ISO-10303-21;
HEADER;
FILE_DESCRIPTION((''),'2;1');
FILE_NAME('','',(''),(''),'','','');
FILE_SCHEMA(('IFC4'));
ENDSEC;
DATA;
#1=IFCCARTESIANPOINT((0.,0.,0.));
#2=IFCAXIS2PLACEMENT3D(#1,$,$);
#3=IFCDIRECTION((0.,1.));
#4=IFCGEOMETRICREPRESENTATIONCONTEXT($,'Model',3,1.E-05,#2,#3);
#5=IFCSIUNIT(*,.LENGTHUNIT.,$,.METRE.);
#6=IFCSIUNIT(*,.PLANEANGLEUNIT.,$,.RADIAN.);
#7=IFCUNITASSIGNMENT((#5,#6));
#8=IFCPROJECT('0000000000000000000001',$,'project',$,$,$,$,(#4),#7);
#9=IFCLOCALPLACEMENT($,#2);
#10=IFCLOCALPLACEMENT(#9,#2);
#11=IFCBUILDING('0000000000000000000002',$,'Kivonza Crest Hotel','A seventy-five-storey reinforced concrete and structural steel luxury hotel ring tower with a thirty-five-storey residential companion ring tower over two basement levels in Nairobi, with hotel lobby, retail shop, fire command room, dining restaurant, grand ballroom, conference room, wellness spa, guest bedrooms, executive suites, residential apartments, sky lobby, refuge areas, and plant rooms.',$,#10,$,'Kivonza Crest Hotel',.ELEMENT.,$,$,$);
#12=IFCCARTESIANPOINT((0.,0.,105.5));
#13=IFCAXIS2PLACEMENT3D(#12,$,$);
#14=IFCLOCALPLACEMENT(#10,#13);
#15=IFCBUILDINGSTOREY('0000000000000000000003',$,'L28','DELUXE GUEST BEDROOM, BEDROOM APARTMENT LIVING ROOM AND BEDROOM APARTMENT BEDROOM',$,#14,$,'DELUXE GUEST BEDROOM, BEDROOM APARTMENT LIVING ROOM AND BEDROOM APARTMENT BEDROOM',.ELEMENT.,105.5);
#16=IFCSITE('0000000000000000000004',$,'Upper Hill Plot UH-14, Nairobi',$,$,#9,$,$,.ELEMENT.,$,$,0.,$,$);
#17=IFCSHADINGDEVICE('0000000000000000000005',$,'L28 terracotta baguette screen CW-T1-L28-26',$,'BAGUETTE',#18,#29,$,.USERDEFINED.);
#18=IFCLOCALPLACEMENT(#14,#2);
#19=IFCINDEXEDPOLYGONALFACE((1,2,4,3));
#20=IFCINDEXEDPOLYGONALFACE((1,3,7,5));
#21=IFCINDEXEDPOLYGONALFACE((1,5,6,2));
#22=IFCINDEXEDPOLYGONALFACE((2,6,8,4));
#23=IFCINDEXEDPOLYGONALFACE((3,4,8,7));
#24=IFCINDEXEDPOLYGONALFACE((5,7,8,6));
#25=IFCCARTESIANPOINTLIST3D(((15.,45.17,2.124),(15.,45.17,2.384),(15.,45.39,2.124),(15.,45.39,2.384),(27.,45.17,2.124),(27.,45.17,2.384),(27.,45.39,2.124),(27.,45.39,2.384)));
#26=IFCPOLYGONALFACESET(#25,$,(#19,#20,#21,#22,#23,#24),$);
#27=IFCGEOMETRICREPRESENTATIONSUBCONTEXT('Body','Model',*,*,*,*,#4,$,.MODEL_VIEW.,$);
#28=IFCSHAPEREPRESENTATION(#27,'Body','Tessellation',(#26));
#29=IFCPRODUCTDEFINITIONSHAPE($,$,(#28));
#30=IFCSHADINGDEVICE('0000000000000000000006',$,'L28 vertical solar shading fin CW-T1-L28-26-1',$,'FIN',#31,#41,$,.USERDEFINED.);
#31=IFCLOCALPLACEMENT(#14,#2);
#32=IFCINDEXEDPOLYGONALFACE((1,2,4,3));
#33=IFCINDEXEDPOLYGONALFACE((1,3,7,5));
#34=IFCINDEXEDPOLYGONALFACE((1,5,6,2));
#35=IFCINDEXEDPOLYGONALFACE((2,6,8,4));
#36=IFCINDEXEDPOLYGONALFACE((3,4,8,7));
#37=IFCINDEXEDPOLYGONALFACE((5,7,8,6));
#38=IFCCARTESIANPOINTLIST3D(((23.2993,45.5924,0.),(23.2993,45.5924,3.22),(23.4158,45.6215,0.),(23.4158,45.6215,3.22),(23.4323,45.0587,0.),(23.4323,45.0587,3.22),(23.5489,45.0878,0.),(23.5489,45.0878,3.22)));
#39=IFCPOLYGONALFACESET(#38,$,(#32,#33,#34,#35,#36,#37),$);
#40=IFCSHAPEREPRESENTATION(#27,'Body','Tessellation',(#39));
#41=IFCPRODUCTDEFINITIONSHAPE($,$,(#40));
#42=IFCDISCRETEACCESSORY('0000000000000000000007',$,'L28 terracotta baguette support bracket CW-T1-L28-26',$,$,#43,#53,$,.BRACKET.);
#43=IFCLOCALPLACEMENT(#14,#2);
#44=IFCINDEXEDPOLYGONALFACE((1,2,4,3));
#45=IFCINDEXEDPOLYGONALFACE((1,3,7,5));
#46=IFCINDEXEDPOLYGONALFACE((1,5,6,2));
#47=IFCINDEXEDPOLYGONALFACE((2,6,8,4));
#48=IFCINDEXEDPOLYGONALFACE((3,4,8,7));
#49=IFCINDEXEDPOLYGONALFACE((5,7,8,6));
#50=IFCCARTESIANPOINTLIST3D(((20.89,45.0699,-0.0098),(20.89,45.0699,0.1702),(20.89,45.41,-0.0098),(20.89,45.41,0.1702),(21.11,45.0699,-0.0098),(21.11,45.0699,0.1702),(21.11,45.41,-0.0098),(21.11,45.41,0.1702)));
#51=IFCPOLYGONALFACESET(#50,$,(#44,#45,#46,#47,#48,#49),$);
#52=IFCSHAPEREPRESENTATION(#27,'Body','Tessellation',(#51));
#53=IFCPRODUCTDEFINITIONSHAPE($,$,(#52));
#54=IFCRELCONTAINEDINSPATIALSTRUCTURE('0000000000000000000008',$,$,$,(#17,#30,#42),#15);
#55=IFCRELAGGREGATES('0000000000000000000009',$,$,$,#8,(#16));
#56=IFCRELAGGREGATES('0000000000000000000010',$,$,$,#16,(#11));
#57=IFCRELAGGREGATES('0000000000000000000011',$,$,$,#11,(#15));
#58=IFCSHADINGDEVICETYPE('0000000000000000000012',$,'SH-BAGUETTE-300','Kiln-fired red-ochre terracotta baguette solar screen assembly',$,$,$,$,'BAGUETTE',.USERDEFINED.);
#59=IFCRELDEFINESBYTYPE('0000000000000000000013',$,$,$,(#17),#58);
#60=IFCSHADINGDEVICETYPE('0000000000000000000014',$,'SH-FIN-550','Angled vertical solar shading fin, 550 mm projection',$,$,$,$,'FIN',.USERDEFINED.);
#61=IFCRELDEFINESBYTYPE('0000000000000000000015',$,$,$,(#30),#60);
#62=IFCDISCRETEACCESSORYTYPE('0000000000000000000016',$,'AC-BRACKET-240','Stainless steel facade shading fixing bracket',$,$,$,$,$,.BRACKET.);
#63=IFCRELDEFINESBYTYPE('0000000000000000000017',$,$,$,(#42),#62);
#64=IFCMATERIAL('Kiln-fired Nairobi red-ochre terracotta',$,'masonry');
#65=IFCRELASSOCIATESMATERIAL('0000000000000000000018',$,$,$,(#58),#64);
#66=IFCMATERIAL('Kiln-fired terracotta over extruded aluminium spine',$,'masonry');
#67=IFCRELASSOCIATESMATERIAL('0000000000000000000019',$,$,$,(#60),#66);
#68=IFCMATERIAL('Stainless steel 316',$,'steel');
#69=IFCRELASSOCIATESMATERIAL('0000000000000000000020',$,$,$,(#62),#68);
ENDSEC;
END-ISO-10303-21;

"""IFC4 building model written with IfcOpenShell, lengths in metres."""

from ifc_helpers import new_model, si_unit, direction, frame, origin, origin_2d, place, context, subcontext, project, spatial, rectangle, extrude, material, type_object, element, save


model = new_model("IFC4")

# Units and contexts
model_context = context("Model", 3, precision=1e-05, world=origin(), true_north=direction((0.0, 1.0)))
body_context = subcontext(model_context, "Body", "Model", "MODEL_VIEW")
ifc_project = project(units=[si_unit("LENGTHUNIT", "METRE"), si_unit("PLANEANGLEUNIT", "RADIAN")], contexts=[model_context])

# Site, building, storey
site_placement = place(None, origin())
site = spatial("IfcSite", under=ifc_project, at=site_placement, Name="Upper Hill Plot UH-14, Nairobi", CompositionType="ELEMENT", RefElevation=0.0)
building_placement = place(site_placement, origin())
building = spatial("IfcBuilding", under=site, at=building_placement, Name="Kivonza Crest Hotel", Description="A seventy-five-storey reinforced concrete and structural steel luxury hotel ring tower with a thirty-five-storey residential companion ring tower over two basement levels in Nairobi, with hotel lobby, retail shop, fire command room, dining restaurant, grand ballroom, conference room, wellness spa, guest bedrooms, executive suites, residential apartments, sky lobby, refuge areas, and plant rooms.", LongName="Kivonza Crest Hotel", CompositionType="ELEMENT")
storey_placement = place(building_placement, frame((0.0, 0.0, 105.5)))
storey = spatial("IfcBuildingStorey", under=building, at=storey_placement, Name="L28", Description="DELUXE GUEST BEDROOM, BEDROOM APARTMENT LIVING ROOM AND BEDROOM APARTMENT BEDROOM", LongName="DELUXE GUEST BEDROOM, BEDROOM APARTMENT LIVING ROOM AND BEDROOM APARTMENT BEDROOM", CompositionType="ELEMENT", Elevation=105.5)

# Shading devices
ifc_material_1 = material(Name="Kiln-fired Nairobi red-ochre terracotta", Category="masonry")
shading_device_type_1 = type_object("IfcShadingDeviceType", Name="SH-BAGUETTE-300", Description="Kiln-fired red-ochre terracotta baguette solar screen assembly", ElementType="BAGUETTE", PredefinedType="USERDEFINED", material=ifc_material_1)
shading_device_1_placement = place(storey_placement, frame((21.0, 45.28, 2.124), z_axis=(0.0, 0.0, 1.0), x_axis=(-1.0, 0.0, 0.0)))
element("IfcShadingDevice", 1, at=shading_device_1_placement, inside=storey, type_object=shading_device_type_1, Name="L28 terracotta baguette screen CW-T1-L28-26", ObjectType="BAGUETTE", PredefinedType="USERDEFINED", context=body_context, shape_type="SweptSolid", body=[
    extrude(rectangle(XDim=12.0, YDim=0.22, at=origin_2d()), origin(), (0.0, 0.0, 1.0), 0.26),
])
ifc_material_2 = material(Name="Kiln-fired terracotta over extruded aluminium spine", Category="masonry")
shading_device_type_2 = type_object("IfcShadingDeviceType", Name="SH-FIN-550", Description="Angled vertical solar shading fin, 550 mm projection", ElementType="FIN", PredefinedType="USERDEFINED", material=ifc_material_2)
shading_device_2_placement = place(storey_placement, frame((23.4241, 45.3401, 0.0), z_axis=(0.0, 0.0, 1.0), x_axis=(-0.970296, -0.241922, 0.0)))
element("IfcShadingDevice", 2, at=shading_device_2_placement, inside=storey, type_object=shading_device_type_2, Name="L28 vertical solar shading fin CW-T1-L28-26-1", ObjectType="FIN", PredefinedType="USERDEFINED", context=body_context, shape_type="SweptSolid", body=[
    extrude(rectangle(XDim=0.1201, YDim=0.55, at=origin_2d()), origin(), (0.0, 0.0, 1.0), 3.22),
])

# Discrete accessory
ifc_material_3 = material(Name="Stainless steel 316", Category="steel")
discrete_accessory_type = type_object("IfcDiscreteAccessoryType", Name="AC-BRACKET-240", Description="Stainless steel facade shading fixing bracket", PredefinedType="BRACKET", material=ifc_material_3)
discrete_accessory_placement = place(storey_placement, frame((21.0, 45.24, -0.0098), z_axis=(0.0, 0.0, 1.0), x_axis=(-1.0, 0.0, 0.0)))
element("IfcDiscreteAccessory", 3, at=discrete_accessory_placement, inside=storey, type_object=discrete_accessory_type, Name="L28 terracotta baguette support bracket CW-T1-L28-26", PredefinedType="BRACKET", context=body_context, shape_type="SweptSolid", body=[
    extrude(rectangle(XDim=0.22, YDim=0.3401, at=origin_2d()), origin(), (0.0, 0.0, 1.0), 0.1799),
])

save(model, "model.ifc")
